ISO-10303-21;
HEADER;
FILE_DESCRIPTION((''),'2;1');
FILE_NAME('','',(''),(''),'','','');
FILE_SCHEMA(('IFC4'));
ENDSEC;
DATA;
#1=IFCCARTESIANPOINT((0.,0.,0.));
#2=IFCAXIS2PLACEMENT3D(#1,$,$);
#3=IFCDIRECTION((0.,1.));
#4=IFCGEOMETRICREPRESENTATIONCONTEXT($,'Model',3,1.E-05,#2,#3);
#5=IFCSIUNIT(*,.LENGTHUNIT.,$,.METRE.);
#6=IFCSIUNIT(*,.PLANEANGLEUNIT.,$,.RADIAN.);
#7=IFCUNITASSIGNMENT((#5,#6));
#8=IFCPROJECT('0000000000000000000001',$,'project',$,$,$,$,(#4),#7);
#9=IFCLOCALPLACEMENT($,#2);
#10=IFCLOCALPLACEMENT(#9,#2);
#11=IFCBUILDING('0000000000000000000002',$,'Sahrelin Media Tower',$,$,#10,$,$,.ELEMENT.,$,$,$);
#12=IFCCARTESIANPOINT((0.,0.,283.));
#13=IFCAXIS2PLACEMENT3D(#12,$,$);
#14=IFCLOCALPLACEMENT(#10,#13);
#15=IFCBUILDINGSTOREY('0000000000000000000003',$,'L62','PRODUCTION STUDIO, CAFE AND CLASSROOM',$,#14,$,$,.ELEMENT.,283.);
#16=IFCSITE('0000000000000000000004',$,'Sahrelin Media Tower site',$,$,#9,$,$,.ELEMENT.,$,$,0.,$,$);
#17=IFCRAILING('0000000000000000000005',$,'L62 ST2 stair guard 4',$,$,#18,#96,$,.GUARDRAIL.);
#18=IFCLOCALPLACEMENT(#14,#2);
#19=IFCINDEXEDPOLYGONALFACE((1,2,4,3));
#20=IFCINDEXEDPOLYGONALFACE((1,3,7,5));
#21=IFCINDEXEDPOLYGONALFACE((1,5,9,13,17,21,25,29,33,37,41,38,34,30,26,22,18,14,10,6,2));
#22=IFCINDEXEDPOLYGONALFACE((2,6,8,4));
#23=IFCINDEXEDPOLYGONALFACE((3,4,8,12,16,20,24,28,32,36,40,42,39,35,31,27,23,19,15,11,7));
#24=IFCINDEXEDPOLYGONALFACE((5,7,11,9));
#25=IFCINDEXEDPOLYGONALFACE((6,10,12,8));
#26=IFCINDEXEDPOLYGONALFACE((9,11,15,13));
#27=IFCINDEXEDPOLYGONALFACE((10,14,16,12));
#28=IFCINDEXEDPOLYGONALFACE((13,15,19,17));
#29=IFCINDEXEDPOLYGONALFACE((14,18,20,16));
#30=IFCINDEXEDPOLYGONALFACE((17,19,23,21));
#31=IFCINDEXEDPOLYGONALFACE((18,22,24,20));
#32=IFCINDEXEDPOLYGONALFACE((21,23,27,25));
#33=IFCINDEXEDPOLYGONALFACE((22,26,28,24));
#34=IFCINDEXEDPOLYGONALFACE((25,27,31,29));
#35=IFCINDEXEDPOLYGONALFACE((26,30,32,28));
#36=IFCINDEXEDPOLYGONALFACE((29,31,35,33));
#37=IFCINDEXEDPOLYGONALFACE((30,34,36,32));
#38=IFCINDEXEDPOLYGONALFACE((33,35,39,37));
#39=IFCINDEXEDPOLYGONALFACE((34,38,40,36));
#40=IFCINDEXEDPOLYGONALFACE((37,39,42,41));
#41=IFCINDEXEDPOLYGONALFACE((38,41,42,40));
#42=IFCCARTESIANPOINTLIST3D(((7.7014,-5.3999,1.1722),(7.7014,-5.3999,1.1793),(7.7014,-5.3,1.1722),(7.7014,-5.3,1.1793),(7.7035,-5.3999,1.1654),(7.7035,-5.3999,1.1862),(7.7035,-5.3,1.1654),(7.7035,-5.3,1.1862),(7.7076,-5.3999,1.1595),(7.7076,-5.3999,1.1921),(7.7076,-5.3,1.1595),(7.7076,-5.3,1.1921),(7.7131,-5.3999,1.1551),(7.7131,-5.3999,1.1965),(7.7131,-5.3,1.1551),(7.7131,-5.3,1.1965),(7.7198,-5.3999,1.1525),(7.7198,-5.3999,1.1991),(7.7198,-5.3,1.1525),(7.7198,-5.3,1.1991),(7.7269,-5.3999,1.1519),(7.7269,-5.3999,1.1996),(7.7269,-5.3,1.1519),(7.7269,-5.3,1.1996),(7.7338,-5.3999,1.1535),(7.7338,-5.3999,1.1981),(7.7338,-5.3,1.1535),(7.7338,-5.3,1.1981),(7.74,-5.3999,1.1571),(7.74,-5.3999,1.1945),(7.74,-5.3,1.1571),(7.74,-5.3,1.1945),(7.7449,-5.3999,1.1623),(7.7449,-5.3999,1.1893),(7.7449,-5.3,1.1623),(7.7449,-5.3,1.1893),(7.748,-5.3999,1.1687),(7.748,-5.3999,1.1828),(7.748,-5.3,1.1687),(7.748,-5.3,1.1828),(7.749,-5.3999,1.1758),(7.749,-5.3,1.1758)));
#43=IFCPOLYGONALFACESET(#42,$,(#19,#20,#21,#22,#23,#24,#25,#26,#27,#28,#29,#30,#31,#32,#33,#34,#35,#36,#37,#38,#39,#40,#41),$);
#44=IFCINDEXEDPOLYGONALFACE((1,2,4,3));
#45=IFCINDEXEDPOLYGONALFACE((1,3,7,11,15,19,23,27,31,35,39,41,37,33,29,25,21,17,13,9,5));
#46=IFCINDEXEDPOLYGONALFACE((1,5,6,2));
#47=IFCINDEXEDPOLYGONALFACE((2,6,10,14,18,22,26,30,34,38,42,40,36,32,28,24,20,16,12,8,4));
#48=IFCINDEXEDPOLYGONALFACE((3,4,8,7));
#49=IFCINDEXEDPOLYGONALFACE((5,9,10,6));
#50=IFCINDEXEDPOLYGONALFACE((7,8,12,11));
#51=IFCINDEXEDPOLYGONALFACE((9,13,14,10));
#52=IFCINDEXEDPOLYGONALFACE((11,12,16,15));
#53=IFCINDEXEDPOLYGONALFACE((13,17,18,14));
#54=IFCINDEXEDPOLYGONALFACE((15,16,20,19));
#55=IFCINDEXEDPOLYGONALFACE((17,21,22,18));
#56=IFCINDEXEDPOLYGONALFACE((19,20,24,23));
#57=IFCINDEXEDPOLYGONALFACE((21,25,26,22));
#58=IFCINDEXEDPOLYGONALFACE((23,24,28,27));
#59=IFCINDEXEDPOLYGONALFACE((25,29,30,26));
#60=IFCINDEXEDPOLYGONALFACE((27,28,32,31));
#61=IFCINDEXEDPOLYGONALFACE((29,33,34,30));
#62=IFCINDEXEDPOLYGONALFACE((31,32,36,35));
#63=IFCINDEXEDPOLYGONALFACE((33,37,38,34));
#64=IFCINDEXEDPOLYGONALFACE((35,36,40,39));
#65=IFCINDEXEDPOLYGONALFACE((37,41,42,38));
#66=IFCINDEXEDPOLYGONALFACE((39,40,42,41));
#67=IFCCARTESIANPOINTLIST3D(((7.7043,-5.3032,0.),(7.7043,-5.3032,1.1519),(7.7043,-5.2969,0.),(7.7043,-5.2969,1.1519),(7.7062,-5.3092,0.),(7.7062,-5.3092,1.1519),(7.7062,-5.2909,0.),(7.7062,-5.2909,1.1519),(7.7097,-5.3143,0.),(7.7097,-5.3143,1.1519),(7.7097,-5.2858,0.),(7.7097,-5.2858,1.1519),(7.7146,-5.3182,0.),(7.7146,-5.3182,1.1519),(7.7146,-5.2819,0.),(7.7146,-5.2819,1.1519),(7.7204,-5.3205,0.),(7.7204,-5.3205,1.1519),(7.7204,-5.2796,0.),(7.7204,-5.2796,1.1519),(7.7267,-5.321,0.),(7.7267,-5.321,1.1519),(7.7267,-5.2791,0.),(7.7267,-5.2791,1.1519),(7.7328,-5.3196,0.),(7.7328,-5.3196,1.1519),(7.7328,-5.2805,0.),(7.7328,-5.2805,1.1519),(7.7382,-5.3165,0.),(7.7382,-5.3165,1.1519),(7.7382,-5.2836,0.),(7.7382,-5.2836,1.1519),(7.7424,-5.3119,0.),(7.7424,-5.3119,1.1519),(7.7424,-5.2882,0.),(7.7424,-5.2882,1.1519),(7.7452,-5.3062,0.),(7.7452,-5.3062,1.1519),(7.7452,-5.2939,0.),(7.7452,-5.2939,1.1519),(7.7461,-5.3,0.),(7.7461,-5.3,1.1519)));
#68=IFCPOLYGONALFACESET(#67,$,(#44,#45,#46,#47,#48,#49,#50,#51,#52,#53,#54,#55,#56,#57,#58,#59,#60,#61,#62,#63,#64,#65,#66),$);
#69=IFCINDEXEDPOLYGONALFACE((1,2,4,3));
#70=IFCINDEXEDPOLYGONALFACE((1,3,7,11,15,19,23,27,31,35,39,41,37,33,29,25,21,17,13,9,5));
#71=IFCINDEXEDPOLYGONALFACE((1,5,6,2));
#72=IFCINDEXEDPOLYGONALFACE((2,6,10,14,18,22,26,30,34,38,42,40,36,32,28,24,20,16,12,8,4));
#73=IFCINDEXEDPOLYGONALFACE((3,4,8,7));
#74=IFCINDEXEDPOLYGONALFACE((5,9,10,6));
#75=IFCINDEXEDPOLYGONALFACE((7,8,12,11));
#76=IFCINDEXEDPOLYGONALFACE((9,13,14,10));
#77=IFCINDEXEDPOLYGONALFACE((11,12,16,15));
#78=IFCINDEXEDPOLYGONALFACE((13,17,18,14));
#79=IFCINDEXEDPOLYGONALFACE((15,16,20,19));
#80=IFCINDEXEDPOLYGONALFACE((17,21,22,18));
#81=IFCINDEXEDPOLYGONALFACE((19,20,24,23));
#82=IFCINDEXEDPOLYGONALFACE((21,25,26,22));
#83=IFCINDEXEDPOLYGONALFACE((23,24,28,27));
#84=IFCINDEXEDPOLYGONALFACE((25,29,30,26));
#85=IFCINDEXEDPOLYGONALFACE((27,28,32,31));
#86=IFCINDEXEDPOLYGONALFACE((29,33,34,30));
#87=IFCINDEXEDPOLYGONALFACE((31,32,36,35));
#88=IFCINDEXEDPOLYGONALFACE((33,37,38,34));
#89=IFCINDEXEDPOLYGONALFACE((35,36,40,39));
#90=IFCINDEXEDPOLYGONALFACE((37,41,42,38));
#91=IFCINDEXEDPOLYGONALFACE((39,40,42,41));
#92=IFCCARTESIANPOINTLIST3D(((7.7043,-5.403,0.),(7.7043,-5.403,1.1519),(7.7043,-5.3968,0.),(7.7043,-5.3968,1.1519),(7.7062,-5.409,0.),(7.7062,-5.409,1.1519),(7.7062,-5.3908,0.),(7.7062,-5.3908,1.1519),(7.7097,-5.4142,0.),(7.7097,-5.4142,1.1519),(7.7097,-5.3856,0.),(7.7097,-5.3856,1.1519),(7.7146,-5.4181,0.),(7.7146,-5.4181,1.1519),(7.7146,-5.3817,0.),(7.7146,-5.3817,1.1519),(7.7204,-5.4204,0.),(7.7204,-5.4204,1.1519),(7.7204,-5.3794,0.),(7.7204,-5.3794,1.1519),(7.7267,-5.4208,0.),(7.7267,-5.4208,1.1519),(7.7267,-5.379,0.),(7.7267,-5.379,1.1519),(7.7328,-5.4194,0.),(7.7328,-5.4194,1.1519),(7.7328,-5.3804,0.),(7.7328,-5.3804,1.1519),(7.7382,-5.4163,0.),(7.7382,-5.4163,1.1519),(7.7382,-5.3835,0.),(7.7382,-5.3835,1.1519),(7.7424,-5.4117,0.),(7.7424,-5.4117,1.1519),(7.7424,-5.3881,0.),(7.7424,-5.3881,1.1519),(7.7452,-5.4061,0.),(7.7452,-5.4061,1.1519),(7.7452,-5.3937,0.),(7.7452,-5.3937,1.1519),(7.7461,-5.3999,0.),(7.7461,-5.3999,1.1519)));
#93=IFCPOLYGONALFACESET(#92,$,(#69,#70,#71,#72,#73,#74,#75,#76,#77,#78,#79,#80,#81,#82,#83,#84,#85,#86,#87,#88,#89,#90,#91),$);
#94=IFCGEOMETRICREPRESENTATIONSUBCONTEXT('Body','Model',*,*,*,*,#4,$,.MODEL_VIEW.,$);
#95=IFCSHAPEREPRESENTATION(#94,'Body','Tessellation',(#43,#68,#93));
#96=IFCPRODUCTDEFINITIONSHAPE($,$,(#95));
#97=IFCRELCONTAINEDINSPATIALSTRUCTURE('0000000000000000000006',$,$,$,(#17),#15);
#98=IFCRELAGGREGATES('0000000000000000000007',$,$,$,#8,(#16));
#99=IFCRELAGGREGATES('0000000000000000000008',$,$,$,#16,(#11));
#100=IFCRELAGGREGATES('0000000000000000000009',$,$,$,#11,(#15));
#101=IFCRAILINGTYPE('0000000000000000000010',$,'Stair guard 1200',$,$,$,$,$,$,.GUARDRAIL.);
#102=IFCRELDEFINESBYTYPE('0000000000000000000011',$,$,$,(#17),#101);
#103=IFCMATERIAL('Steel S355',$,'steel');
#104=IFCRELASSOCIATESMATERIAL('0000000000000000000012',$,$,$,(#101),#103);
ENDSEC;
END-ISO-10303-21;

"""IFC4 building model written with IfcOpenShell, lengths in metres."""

from ifc_helpers import new_model, si_unit, direction, frame, origin, origin_2d, place, context, subcontext, project, spatial, circle, extrude, material, type_object, element, save


model = new_model("IFC4")

# Units and contexts
model_context = context("Model", 3, precision=1e-05, world=origin(), true_north=direction((0.0, 1.0)))
body_context = subcontext(model_context, "Body", "Model", "MODEL_VIEW")
ifc_project = project(units=[si_unit("LENGTHUNIT", "METRE"), si_unit("PLANEANGLEUNIT", "RADIAN")], contexts=[model_context])

# Site, building, storey
site_placement = place(None, origin())
site = spatial("IfcSite", under=ifc_project, at=site_placement, Name="Sahrelin Media Tower site", CompositionType="ELEMENT", RefElevation=0.0)
building_placement = place(site_placement, origin())
building = spatial("IfcBuilding", under=site, at=building_placement, Name="Sahrelin Media Tower", CompositionType="ELEMENT")
storey_placement = place(building_placement, frame((0.0, 0.0, 283.0)))
storey = spatial("IfcBuildingStorey", under=building, at=storey_placement, Name="L62", Description="PRODUCTION STUDIO, CAFE AND CLASSROOM", CompositionType="ELEMENT", Elevation=283.0)

# Shared definitions
ifc_material_1 = material(Name="Steel S355", Category="steel")

# Railing
railing_type_1 = type_object("IfcRailingType", Name="Stair guard 1200", PredefinedType="GUARDRAIL", material=ifc_material_1)
railing_1_placement = place(storey_placement, frame((7.7251, -5.3, 0.0)))
element("IfcRailing", 1, at=railing_1_placement, inside=storey, type_object=railing_type_1, Name="L62 ST2 stair guard 4", PredefinedType="GUARDRAIL", context=body_context, shape_type="SweptSolid", body=[
    extrude(circle(Radius=0.0239, at=origin_2d()), frame((0.0, 0.0, 1.1758), z_axis=(0.0, -1.0, 0.0), x_axis=(1.0, 0.0, 0.0)), (0.0, 0.0, 1.0), 0.0999),
    extrude(circle(Radius=0.021, at=origin_2d()), origin(), (0.0, 0.0, 1.0), 1.1519),
    extrude(circle(Radius=0.021, at=origin_2d()), frame((0.0, -0.0999, 0.0)), (0.0, 0.0, 1.0), 1.1519),
])

save(model, "model.ifc")
